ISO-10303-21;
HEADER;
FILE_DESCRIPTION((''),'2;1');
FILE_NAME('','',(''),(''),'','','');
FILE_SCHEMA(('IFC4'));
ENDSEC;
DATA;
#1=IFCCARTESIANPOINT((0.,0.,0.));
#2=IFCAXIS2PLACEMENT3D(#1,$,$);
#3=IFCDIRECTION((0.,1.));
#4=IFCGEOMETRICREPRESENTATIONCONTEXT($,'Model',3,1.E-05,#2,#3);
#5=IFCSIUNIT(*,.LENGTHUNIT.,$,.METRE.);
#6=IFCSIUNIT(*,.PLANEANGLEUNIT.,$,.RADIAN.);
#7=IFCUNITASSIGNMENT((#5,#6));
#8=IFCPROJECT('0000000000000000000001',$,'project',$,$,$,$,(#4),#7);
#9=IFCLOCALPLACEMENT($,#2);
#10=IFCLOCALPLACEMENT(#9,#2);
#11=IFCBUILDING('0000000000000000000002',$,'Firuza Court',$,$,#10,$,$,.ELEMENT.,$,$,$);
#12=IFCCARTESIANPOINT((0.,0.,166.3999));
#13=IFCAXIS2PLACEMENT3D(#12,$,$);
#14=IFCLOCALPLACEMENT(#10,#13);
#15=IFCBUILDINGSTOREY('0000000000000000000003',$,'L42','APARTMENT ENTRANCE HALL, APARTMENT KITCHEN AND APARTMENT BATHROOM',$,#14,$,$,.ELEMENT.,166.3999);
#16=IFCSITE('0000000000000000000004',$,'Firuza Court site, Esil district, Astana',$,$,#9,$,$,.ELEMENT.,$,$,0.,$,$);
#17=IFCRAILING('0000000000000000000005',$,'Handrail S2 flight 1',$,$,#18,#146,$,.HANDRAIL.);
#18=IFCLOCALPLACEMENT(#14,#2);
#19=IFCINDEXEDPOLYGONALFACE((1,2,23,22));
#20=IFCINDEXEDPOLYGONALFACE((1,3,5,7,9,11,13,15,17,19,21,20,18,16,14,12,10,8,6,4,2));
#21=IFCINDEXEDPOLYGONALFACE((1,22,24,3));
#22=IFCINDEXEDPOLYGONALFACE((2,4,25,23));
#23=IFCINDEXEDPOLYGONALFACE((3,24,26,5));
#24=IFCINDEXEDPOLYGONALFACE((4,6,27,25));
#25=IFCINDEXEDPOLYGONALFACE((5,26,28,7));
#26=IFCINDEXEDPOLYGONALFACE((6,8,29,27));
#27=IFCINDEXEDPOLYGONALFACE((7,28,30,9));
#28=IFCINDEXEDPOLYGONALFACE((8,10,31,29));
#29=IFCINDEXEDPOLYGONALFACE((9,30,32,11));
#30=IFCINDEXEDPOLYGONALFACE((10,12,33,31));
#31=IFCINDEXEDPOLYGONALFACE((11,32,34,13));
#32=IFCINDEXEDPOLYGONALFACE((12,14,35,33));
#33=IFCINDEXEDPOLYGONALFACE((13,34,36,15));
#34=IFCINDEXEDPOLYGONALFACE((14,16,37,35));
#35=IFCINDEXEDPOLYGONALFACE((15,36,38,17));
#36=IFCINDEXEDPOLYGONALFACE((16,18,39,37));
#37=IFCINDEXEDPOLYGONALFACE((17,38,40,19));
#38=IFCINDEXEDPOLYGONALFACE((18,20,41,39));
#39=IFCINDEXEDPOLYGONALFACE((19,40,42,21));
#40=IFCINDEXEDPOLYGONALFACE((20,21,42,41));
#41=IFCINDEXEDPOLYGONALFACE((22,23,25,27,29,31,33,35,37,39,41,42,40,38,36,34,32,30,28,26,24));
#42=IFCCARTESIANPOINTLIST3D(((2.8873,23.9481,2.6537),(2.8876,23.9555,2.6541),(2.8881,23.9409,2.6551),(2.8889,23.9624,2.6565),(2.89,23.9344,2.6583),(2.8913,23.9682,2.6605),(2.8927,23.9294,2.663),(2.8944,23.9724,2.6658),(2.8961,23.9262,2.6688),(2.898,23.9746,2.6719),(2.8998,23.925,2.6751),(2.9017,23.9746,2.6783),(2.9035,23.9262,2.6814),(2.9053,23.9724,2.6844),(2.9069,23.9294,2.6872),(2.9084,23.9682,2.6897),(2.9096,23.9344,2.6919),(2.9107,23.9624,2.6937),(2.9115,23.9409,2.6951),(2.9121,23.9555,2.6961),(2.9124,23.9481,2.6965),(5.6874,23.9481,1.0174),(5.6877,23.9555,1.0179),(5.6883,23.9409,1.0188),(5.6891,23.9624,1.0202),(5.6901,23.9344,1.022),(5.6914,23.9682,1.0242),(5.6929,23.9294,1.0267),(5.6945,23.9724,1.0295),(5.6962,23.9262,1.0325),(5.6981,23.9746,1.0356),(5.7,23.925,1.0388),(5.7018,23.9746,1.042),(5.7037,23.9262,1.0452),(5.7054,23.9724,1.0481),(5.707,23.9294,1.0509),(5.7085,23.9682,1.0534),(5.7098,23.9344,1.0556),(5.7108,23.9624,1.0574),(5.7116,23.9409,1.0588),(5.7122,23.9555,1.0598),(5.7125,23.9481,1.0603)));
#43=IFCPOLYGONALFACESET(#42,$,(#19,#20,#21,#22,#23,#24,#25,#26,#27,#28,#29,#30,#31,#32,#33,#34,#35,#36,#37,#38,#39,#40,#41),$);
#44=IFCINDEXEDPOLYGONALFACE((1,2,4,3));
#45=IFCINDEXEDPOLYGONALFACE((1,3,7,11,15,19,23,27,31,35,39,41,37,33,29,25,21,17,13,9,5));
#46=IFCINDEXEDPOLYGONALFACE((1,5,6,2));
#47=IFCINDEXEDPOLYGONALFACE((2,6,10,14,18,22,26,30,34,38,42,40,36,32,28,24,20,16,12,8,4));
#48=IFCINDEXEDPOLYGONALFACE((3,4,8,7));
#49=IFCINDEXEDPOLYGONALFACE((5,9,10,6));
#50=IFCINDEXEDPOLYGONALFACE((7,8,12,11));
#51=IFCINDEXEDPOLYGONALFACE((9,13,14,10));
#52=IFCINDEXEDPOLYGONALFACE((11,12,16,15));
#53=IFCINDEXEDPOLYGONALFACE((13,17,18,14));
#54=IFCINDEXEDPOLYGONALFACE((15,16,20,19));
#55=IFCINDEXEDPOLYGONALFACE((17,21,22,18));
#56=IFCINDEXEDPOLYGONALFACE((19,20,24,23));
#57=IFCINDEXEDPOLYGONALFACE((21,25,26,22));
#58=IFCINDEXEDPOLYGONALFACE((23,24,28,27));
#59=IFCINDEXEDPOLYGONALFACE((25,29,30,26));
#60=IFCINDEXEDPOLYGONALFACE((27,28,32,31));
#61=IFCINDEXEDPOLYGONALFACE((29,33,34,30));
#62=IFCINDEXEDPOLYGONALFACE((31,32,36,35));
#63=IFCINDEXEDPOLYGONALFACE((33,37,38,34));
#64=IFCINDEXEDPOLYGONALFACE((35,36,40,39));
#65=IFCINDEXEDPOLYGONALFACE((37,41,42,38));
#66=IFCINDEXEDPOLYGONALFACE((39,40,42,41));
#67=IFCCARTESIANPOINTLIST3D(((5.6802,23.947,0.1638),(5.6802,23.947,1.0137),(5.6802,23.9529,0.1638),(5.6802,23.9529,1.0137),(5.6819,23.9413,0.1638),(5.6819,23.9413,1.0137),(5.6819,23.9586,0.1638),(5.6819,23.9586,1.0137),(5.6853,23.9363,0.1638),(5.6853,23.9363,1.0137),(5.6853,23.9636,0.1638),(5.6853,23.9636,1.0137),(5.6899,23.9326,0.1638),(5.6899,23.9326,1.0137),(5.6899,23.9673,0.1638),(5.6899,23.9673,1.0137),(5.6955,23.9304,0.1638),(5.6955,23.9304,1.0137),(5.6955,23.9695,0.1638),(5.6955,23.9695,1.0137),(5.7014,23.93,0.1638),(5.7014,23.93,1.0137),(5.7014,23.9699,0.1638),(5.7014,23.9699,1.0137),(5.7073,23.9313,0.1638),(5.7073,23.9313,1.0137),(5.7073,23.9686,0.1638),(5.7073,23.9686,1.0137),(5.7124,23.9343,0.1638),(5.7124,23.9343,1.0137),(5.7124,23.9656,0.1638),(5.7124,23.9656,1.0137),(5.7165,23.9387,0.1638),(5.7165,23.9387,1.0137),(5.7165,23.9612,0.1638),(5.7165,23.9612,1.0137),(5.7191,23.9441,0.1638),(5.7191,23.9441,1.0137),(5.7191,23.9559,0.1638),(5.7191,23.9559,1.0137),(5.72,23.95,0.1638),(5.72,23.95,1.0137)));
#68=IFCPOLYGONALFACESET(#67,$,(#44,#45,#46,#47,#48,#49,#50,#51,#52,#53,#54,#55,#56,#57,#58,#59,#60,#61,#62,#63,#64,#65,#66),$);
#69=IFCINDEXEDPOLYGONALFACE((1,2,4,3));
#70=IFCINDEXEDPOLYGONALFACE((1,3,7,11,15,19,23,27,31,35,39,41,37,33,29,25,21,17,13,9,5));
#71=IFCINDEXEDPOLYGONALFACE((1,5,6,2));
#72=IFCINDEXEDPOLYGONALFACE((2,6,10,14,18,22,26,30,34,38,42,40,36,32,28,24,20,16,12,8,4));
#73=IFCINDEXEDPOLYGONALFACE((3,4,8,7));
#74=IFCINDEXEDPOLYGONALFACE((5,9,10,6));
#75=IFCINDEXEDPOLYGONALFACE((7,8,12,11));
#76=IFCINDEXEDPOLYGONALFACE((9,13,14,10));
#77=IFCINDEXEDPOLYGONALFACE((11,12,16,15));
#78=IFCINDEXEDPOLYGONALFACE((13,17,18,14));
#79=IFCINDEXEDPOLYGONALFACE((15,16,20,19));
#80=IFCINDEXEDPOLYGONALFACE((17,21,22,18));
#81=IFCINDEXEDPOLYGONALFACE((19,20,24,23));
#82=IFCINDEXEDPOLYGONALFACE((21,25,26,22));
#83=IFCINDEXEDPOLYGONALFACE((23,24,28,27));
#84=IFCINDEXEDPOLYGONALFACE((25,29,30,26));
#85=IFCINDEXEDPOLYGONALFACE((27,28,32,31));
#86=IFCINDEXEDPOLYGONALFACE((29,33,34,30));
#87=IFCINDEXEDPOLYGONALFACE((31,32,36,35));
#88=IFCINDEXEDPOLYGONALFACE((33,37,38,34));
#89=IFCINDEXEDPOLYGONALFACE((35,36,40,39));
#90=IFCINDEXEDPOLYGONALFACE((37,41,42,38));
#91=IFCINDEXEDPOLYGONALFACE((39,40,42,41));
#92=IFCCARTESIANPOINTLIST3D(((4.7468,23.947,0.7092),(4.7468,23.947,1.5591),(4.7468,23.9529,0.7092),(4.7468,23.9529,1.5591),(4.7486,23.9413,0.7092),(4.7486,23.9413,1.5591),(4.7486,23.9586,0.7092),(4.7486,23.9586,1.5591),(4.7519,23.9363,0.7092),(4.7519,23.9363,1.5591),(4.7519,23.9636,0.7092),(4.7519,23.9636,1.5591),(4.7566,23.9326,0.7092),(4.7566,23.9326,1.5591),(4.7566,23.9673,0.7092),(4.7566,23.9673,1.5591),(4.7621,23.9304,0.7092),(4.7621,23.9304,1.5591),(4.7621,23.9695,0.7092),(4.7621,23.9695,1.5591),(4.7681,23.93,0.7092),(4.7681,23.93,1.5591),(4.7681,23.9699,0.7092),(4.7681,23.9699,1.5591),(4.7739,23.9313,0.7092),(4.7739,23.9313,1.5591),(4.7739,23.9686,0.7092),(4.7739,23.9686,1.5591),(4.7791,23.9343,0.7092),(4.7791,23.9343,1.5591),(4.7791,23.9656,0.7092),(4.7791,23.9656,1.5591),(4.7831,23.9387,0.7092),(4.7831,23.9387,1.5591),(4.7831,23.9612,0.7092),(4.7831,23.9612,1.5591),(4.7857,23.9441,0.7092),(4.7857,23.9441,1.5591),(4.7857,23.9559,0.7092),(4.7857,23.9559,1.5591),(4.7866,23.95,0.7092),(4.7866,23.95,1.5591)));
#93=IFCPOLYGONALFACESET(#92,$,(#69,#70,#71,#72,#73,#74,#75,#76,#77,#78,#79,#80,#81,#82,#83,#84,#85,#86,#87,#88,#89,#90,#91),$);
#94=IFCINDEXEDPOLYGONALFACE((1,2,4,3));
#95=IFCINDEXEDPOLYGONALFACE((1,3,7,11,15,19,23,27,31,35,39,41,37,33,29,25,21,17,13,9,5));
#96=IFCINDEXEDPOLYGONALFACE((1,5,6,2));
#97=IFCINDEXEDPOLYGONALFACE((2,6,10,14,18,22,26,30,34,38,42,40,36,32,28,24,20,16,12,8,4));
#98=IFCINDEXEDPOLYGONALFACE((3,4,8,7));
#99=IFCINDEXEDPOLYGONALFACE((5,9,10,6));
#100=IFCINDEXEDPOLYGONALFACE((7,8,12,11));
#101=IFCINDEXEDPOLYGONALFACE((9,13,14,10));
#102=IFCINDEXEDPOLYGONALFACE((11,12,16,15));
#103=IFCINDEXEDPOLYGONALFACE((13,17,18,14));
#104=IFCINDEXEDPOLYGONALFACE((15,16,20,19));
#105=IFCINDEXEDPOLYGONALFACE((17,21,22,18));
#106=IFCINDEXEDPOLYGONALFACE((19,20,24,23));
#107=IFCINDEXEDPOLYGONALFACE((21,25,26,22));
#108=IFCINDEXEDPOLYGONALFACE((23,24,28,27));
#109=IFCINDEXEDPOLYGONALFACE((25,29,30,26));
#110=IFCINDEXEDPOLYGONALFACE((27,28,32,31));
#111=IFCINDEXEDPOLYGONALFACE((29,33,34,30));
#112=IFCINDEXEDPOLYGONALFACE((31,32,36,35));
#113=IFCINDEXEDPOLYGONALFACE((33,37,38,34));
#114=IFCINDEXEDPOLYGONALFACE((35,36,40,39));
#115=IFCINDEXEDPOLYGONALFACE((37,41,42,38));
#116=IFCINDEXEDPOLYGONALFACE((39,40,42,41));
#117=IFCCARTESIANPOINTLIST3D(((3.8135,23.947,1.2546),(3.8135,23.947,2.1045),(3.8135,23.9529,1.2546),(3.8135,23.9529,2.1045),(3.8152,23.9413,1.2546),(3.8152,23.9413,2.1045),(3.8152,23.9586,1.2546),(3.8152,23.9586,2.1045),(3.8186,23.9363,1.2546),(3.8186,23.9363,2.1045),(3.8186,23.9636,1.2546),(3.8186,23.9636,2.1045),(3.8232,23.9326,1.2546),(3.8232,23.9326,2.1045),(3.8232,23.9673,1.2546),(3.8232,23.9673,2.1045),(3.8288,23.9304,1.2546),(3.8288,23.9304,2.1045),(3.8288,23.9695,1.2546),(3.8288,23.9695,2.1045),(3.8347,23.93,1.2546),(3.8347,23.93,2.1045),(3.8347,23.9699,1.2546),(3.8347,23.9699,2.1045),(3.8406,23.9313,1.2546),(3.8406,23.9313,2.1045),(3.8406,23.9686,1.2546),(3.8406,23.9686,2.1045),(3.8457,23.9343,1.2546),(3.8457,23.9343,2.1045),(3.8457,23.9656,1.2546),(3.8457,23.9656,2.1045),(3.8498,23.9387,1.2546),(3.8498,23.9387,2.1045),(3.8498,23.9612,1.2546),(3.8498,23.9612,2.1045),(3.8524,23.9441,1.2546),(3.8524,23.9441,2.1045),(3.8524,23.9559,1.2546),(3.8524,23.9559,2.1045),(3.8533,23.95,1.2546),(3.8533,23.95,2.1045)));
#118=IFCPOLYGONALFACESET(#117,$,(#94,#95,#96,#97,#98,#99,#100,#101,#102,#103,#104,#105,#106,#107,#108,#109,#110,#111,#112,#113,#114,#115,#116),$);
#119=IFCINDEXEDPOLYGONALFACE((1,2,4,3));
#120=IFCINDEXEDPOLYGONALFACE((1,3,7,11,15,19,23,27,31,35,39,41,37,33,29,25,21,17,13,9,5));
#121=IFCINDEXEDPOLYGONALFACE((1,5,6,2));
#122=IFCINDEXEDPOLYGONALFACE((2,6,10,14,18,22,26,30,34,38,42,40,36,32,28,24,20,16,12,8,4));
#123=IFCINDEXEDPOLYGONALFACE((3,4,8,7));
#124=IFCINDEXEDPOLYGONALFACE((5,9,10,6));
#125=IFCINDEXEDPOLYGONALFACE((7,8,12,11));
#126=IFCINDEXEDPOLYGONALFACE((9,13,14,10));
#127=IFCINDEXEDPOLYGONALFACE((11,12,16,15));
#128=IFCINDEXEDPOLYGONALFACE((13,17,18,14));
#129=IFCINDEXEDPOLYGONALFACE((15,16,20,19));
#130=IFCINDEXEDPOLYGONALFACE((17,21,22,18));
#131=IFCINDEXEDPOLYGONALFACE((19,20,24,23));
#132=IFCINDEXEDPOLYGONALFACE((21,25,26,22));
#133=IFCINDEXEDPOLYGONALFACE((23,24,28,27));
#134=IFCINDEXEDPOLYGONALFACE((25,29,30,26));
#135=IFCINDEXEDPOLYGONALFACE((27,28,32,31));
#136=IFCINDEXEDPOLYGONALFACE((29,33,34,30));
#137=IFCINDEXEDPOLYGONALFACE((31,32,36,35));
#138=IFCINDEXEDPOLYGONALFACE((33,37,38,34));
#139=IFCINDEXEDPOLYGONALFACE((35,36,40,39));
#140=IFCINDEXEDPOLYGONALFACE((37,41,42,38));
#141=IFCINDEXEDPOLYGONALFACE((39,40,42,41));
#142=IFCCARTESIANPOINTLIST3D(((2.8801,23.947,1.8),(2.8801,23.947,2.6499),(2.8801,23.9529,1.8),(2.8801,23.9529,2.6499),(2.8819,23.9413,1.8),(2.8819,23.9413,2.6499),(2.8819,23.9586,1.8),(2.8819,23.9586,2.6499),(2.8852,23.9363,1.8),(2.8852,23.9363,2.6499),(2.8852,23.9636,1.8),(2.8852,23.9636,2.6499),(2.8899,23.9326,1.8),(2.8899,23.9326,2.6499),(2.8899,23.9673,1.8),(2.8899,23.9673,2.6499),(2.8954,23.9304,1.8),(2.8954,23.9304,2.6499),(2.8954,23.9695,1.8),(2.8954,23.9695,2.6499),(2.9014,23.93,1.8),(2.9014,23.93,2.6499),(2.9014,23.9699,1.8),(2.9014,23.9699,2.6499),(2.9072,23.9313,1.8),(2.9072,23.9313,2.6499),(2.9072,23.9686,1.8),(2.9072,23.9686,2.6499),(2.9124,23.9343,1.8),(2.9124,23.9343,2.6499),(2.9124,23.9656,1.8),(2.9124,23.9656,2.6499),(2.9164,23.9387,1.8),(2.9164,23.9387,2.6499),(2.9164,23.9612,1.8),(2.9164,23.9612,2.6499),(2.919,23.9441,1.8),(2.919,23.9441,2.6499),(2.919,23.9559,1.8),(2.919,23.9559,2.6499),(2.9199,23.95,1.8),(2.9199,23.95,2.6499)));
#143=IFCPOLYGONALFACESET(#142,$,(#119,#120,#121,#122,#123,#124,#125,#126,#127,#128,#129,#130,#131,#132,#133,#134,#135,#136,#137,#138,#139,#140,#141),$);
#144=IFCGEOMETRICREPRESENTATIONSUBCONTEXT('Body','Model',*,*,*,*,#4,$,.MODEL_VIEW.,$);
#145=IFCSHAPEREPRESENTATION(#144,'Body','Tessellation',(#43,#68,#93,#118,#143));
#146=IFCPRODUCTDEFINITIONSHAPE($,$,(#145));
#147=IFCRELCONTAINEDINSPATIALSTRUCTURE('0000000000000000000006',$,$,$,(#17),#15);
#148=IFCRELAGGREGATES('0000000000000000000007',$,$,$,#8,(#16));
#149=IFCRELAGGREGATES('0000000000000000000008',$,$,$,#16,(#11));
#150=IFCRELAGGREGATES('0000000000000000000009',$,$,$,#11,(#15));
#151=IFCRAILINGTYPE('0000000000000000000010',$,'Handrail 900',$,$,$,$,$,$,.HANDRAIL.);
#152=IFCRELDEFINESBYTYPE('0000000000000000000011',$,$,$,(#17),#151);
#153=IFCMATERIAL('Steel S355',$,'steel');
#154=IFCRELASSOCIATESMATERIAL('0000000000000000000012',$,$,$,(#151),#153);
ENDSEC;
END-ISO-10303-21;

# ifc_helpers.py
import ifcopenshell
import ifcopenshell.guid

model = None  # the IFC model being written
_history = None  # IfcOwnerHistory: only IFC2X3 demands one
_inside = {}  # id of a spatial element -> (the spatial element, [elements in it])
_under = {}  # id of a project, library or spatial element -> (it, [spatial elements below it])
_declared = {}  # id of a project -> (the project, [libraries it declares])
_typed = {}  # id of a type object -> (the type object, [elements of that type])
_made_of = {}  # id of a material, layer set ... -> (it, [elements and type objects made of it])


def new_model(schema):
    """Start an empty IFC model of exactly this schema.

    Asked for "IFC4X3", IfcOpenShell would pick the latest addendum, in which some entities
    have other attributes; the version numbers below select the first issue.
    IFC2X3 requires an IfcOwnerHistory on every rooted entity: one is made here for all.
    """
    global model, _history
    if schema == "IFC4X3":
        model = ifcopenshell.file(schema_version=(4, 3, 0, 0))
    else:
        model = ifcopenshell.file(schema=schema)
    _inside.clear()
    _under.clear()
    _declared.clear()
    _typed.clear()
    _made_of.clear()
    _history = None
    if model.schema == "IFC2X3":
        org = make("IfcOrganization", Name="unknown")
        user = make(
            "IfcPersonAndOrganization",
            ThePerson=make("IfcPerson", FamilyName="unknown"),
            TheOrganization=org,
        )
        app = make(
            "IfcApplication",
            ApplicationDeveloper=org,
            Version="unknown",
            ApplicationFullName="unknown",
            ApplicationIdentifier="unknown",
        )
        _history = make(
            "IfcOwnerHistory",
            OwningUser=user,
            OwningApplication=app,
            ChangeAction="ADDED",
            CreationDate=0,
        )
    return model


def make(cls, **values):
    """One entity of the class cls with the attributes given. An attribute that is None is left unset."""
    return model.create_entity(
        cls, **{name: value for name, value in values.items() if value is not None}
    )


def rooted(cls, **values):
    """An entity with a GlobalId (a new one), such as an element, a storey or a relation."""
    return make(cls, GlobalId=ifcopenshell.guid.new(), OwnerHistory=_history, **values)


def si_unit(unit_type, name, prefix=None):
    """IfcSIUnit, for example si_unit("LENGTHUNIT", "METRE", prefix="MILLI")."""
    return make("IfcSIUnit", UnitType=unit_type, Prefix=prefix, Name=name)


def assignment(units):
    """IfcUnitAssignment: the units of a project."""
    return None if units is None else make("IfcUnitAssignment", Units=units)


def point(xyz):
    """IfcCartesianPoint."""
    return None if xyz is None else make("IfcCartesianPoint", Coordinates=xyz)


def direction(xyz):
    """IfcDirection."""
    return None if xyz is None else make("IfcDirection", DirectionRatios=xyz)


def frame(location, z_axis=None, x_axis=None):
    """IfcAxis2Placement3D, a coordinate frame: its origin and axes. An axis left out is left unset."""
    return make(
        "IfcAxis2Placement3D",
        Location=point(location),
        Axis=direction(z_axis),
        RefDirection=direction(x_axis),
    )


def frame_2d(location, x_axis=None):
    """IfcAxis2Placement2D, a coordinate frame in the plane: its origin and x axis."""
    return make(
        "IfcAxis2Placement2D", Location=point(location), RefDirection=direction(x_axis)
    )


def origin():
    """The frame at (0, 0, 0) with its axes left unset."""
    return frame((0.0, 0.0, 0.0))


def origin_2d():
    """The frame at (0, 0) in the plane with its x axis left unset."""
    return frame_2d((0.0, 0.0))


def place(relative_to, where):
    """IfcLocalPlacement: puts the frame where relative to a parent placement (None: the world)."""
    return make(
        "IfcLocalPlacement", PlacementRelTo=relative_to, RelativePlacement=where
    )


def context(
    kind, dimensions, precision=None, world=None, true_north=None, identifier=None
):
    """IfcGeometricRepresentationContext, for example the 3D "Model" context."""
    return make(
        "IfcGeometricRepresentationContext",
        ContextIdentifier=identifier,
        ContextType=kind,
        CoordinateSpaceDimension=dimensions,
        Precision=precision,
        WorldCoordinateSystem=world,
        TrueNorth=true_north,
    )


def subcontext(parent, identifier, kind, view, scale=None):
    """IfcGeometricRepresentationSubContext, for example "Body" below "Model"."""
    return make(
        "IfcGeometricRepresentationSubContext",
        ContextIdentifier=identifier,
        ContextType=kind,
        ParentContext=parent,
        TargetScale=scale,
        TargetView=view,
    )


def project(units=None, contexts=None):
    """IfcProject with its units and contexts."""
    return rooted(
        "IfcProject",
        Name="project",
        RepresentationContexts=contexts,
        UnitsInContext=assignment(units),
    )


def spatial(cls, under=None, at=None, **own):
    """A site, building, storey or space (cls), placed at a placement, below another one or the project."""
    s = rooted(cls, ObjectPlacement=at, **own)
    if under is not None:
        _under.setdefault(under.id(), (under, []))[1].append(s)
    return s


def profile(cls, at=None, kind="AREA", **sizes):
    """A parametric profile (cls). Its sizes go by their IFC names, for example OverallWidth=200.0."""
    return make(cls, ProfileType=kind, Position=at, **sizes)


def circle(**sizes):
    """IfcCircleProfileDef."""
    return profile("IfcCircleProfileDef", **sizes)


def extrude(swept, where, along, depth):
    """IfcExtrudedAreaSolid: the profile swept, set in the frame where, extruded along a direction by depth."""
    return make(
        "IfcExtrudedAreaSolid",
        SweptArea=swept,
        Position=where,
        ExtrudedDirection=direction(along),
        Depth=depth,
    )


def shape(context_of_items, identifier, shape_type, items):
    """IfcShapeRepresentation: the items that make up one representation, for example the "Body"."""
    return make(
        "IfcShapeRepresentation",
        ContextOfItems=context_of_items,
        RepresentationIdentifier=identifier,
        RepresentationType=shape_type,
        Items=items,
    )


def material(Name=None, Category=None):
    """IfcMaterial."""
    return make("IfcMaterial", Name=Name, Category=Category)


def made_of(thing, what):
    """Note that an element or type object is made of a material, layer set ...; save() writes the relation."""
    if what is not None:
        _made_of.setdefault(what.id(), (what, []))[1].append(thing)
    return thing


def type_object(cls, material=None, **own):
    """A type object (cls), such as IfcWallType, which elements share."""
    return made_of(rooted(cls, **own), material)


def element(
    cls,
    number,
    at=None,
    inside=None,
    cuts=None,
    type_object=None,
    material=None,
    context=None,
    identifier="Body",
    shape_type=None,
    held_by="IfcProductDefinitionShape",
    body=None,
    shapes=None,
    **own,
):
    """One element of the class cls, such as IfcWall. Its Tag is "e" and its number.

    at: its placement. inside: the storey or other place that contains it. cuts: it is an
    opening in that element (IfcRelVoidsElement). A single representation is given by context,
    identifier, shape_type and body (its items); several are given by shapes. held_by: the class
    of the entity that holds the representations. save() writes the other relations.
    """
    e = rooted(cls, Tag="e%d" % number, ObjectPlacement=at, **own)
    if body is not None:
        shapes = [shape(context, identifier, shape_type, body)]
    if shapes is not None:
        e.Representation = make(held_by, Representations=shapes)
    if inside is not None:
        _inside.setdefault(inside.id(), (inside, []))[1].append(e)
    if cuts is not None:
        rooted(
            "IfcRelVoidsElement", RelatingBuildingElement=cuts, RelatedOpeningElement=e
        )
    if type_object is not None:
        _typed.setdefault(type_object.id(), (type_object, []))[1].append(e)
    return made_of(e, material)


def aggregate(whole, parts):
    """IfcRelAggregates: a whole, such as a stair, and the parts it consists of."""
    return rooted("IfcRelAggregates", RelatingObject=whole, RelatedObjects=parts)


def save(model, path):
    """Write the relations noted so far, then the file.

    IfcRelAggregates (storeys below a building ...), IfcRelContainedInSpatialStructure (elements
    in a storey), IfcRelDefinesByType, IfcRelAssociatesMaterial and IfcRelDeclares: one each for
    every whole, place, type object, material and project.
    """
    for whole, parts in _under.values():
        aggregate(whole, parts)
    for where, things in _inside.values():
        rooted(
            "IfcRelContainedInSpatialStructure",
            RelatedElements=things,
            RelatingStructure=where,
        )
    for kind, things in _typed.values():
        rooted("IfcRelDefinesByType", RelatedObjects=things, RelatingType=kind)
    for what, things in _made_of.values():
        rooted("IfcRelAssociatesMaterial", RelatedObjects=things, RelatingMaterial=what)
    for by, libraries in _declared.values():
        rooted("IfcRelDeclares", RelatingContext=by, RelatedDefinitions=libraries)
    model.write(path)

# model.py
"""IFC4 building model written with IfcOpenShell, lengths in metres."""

from ifc_helpers import new_model, si_unit, direction, frame, origin, origin_2d, place, context, subcontext, project, spatial, circle, extrude, material, type_object, element, save


model = new_model("IFC4")

# Units and contexts
model_context = context("Model", 3, precision=1e-05, world=origin(), true_north=direction((0.0, 1.0)))
body_context = subcontext(model_context, "Body", "Model", "MODEL_VIEW")
ifc_project = project(units=[si_unit("LENGTHUNIT", "METRE"), si_unit("PLANEANGLEUNIT", "RADIAN")], contexts=[model_context])

# Site, building, storey
site_placement = place(None, origin())
site = spatial("IfcSite", under=ifc_project, at=site_placement, Name="Firuza Court site, Esil district, Astana", CompositionType="ELEMENT", RefElevation=0.0)
building_placement = place(site_placement, origin())
building = spatial("IfcBuilding", under=site, at=building_placement, Name="Firuza Court", CompositionType="ELEMENT")
storey_placement = place(building_placement, frame((0.0, 0.0, 166.3999)))
storey = spatial("IfcBuildingStorey", under=building, at=storey_placement, Name="L42", Description="APARTMENT ENTRANCE HALL, APARTMENT KITCHEN AND APARTMENT BATHROOM", CompositionType="ELEMENT", Elevation=166.3999)

# Railing
ifc_material_1 = material(Name="Steel S355", Category="steel")
railing_type_1 = type_object("IfcRailingType", Name="Handrail 900", PredefinedType="HANDRAIL", material=ifc_material_1)
railing_1_placement = place(storey_placement, frame((5.7, 23.95, 0.1638)))
element("IfcRailing", 1, at=railing_1_placement, inside=storey, type_object=railing_type_1, Name="Handrail S2 flight 1", PredefinedType="HANDRAIL", context=body_context, shape_type="SweptSolid", body=[
    extrude(circle(Radius=0.0249, at=origin_2d()), frame((0.0, 0.0, 0.875), z_axis=(-0.863394, 0.0, 0.504531), x_axis=(0.0, -1.0, 0.0)), (0.0, 0.0, 1.0), 3.2432),
    extrude(circle(Radius=0.02, at=origin_2d()), origin(), (0.0, 0.0, 1.0), 0.8499),
    extrude(circle(Radius=0.02, at=origin_2d()), frame((-0.9333, 0.0, 0.5454)), (0.0, 0.0, 1.0), 0.8499),
    extrude(circle(Radius=0.02, at=origin_2d()), frame((-1.8667, 0.0, 1.0908)), (0.0, 0.0, 1.0), 0.8499),
    extrude(circle(Radius=0.02, at=origin_2d()), frame((-2.8, 0.0, 1.6362)), (0.0, 0.0, 1.0), 0.8499),
])

save(model, "model.ifc")
